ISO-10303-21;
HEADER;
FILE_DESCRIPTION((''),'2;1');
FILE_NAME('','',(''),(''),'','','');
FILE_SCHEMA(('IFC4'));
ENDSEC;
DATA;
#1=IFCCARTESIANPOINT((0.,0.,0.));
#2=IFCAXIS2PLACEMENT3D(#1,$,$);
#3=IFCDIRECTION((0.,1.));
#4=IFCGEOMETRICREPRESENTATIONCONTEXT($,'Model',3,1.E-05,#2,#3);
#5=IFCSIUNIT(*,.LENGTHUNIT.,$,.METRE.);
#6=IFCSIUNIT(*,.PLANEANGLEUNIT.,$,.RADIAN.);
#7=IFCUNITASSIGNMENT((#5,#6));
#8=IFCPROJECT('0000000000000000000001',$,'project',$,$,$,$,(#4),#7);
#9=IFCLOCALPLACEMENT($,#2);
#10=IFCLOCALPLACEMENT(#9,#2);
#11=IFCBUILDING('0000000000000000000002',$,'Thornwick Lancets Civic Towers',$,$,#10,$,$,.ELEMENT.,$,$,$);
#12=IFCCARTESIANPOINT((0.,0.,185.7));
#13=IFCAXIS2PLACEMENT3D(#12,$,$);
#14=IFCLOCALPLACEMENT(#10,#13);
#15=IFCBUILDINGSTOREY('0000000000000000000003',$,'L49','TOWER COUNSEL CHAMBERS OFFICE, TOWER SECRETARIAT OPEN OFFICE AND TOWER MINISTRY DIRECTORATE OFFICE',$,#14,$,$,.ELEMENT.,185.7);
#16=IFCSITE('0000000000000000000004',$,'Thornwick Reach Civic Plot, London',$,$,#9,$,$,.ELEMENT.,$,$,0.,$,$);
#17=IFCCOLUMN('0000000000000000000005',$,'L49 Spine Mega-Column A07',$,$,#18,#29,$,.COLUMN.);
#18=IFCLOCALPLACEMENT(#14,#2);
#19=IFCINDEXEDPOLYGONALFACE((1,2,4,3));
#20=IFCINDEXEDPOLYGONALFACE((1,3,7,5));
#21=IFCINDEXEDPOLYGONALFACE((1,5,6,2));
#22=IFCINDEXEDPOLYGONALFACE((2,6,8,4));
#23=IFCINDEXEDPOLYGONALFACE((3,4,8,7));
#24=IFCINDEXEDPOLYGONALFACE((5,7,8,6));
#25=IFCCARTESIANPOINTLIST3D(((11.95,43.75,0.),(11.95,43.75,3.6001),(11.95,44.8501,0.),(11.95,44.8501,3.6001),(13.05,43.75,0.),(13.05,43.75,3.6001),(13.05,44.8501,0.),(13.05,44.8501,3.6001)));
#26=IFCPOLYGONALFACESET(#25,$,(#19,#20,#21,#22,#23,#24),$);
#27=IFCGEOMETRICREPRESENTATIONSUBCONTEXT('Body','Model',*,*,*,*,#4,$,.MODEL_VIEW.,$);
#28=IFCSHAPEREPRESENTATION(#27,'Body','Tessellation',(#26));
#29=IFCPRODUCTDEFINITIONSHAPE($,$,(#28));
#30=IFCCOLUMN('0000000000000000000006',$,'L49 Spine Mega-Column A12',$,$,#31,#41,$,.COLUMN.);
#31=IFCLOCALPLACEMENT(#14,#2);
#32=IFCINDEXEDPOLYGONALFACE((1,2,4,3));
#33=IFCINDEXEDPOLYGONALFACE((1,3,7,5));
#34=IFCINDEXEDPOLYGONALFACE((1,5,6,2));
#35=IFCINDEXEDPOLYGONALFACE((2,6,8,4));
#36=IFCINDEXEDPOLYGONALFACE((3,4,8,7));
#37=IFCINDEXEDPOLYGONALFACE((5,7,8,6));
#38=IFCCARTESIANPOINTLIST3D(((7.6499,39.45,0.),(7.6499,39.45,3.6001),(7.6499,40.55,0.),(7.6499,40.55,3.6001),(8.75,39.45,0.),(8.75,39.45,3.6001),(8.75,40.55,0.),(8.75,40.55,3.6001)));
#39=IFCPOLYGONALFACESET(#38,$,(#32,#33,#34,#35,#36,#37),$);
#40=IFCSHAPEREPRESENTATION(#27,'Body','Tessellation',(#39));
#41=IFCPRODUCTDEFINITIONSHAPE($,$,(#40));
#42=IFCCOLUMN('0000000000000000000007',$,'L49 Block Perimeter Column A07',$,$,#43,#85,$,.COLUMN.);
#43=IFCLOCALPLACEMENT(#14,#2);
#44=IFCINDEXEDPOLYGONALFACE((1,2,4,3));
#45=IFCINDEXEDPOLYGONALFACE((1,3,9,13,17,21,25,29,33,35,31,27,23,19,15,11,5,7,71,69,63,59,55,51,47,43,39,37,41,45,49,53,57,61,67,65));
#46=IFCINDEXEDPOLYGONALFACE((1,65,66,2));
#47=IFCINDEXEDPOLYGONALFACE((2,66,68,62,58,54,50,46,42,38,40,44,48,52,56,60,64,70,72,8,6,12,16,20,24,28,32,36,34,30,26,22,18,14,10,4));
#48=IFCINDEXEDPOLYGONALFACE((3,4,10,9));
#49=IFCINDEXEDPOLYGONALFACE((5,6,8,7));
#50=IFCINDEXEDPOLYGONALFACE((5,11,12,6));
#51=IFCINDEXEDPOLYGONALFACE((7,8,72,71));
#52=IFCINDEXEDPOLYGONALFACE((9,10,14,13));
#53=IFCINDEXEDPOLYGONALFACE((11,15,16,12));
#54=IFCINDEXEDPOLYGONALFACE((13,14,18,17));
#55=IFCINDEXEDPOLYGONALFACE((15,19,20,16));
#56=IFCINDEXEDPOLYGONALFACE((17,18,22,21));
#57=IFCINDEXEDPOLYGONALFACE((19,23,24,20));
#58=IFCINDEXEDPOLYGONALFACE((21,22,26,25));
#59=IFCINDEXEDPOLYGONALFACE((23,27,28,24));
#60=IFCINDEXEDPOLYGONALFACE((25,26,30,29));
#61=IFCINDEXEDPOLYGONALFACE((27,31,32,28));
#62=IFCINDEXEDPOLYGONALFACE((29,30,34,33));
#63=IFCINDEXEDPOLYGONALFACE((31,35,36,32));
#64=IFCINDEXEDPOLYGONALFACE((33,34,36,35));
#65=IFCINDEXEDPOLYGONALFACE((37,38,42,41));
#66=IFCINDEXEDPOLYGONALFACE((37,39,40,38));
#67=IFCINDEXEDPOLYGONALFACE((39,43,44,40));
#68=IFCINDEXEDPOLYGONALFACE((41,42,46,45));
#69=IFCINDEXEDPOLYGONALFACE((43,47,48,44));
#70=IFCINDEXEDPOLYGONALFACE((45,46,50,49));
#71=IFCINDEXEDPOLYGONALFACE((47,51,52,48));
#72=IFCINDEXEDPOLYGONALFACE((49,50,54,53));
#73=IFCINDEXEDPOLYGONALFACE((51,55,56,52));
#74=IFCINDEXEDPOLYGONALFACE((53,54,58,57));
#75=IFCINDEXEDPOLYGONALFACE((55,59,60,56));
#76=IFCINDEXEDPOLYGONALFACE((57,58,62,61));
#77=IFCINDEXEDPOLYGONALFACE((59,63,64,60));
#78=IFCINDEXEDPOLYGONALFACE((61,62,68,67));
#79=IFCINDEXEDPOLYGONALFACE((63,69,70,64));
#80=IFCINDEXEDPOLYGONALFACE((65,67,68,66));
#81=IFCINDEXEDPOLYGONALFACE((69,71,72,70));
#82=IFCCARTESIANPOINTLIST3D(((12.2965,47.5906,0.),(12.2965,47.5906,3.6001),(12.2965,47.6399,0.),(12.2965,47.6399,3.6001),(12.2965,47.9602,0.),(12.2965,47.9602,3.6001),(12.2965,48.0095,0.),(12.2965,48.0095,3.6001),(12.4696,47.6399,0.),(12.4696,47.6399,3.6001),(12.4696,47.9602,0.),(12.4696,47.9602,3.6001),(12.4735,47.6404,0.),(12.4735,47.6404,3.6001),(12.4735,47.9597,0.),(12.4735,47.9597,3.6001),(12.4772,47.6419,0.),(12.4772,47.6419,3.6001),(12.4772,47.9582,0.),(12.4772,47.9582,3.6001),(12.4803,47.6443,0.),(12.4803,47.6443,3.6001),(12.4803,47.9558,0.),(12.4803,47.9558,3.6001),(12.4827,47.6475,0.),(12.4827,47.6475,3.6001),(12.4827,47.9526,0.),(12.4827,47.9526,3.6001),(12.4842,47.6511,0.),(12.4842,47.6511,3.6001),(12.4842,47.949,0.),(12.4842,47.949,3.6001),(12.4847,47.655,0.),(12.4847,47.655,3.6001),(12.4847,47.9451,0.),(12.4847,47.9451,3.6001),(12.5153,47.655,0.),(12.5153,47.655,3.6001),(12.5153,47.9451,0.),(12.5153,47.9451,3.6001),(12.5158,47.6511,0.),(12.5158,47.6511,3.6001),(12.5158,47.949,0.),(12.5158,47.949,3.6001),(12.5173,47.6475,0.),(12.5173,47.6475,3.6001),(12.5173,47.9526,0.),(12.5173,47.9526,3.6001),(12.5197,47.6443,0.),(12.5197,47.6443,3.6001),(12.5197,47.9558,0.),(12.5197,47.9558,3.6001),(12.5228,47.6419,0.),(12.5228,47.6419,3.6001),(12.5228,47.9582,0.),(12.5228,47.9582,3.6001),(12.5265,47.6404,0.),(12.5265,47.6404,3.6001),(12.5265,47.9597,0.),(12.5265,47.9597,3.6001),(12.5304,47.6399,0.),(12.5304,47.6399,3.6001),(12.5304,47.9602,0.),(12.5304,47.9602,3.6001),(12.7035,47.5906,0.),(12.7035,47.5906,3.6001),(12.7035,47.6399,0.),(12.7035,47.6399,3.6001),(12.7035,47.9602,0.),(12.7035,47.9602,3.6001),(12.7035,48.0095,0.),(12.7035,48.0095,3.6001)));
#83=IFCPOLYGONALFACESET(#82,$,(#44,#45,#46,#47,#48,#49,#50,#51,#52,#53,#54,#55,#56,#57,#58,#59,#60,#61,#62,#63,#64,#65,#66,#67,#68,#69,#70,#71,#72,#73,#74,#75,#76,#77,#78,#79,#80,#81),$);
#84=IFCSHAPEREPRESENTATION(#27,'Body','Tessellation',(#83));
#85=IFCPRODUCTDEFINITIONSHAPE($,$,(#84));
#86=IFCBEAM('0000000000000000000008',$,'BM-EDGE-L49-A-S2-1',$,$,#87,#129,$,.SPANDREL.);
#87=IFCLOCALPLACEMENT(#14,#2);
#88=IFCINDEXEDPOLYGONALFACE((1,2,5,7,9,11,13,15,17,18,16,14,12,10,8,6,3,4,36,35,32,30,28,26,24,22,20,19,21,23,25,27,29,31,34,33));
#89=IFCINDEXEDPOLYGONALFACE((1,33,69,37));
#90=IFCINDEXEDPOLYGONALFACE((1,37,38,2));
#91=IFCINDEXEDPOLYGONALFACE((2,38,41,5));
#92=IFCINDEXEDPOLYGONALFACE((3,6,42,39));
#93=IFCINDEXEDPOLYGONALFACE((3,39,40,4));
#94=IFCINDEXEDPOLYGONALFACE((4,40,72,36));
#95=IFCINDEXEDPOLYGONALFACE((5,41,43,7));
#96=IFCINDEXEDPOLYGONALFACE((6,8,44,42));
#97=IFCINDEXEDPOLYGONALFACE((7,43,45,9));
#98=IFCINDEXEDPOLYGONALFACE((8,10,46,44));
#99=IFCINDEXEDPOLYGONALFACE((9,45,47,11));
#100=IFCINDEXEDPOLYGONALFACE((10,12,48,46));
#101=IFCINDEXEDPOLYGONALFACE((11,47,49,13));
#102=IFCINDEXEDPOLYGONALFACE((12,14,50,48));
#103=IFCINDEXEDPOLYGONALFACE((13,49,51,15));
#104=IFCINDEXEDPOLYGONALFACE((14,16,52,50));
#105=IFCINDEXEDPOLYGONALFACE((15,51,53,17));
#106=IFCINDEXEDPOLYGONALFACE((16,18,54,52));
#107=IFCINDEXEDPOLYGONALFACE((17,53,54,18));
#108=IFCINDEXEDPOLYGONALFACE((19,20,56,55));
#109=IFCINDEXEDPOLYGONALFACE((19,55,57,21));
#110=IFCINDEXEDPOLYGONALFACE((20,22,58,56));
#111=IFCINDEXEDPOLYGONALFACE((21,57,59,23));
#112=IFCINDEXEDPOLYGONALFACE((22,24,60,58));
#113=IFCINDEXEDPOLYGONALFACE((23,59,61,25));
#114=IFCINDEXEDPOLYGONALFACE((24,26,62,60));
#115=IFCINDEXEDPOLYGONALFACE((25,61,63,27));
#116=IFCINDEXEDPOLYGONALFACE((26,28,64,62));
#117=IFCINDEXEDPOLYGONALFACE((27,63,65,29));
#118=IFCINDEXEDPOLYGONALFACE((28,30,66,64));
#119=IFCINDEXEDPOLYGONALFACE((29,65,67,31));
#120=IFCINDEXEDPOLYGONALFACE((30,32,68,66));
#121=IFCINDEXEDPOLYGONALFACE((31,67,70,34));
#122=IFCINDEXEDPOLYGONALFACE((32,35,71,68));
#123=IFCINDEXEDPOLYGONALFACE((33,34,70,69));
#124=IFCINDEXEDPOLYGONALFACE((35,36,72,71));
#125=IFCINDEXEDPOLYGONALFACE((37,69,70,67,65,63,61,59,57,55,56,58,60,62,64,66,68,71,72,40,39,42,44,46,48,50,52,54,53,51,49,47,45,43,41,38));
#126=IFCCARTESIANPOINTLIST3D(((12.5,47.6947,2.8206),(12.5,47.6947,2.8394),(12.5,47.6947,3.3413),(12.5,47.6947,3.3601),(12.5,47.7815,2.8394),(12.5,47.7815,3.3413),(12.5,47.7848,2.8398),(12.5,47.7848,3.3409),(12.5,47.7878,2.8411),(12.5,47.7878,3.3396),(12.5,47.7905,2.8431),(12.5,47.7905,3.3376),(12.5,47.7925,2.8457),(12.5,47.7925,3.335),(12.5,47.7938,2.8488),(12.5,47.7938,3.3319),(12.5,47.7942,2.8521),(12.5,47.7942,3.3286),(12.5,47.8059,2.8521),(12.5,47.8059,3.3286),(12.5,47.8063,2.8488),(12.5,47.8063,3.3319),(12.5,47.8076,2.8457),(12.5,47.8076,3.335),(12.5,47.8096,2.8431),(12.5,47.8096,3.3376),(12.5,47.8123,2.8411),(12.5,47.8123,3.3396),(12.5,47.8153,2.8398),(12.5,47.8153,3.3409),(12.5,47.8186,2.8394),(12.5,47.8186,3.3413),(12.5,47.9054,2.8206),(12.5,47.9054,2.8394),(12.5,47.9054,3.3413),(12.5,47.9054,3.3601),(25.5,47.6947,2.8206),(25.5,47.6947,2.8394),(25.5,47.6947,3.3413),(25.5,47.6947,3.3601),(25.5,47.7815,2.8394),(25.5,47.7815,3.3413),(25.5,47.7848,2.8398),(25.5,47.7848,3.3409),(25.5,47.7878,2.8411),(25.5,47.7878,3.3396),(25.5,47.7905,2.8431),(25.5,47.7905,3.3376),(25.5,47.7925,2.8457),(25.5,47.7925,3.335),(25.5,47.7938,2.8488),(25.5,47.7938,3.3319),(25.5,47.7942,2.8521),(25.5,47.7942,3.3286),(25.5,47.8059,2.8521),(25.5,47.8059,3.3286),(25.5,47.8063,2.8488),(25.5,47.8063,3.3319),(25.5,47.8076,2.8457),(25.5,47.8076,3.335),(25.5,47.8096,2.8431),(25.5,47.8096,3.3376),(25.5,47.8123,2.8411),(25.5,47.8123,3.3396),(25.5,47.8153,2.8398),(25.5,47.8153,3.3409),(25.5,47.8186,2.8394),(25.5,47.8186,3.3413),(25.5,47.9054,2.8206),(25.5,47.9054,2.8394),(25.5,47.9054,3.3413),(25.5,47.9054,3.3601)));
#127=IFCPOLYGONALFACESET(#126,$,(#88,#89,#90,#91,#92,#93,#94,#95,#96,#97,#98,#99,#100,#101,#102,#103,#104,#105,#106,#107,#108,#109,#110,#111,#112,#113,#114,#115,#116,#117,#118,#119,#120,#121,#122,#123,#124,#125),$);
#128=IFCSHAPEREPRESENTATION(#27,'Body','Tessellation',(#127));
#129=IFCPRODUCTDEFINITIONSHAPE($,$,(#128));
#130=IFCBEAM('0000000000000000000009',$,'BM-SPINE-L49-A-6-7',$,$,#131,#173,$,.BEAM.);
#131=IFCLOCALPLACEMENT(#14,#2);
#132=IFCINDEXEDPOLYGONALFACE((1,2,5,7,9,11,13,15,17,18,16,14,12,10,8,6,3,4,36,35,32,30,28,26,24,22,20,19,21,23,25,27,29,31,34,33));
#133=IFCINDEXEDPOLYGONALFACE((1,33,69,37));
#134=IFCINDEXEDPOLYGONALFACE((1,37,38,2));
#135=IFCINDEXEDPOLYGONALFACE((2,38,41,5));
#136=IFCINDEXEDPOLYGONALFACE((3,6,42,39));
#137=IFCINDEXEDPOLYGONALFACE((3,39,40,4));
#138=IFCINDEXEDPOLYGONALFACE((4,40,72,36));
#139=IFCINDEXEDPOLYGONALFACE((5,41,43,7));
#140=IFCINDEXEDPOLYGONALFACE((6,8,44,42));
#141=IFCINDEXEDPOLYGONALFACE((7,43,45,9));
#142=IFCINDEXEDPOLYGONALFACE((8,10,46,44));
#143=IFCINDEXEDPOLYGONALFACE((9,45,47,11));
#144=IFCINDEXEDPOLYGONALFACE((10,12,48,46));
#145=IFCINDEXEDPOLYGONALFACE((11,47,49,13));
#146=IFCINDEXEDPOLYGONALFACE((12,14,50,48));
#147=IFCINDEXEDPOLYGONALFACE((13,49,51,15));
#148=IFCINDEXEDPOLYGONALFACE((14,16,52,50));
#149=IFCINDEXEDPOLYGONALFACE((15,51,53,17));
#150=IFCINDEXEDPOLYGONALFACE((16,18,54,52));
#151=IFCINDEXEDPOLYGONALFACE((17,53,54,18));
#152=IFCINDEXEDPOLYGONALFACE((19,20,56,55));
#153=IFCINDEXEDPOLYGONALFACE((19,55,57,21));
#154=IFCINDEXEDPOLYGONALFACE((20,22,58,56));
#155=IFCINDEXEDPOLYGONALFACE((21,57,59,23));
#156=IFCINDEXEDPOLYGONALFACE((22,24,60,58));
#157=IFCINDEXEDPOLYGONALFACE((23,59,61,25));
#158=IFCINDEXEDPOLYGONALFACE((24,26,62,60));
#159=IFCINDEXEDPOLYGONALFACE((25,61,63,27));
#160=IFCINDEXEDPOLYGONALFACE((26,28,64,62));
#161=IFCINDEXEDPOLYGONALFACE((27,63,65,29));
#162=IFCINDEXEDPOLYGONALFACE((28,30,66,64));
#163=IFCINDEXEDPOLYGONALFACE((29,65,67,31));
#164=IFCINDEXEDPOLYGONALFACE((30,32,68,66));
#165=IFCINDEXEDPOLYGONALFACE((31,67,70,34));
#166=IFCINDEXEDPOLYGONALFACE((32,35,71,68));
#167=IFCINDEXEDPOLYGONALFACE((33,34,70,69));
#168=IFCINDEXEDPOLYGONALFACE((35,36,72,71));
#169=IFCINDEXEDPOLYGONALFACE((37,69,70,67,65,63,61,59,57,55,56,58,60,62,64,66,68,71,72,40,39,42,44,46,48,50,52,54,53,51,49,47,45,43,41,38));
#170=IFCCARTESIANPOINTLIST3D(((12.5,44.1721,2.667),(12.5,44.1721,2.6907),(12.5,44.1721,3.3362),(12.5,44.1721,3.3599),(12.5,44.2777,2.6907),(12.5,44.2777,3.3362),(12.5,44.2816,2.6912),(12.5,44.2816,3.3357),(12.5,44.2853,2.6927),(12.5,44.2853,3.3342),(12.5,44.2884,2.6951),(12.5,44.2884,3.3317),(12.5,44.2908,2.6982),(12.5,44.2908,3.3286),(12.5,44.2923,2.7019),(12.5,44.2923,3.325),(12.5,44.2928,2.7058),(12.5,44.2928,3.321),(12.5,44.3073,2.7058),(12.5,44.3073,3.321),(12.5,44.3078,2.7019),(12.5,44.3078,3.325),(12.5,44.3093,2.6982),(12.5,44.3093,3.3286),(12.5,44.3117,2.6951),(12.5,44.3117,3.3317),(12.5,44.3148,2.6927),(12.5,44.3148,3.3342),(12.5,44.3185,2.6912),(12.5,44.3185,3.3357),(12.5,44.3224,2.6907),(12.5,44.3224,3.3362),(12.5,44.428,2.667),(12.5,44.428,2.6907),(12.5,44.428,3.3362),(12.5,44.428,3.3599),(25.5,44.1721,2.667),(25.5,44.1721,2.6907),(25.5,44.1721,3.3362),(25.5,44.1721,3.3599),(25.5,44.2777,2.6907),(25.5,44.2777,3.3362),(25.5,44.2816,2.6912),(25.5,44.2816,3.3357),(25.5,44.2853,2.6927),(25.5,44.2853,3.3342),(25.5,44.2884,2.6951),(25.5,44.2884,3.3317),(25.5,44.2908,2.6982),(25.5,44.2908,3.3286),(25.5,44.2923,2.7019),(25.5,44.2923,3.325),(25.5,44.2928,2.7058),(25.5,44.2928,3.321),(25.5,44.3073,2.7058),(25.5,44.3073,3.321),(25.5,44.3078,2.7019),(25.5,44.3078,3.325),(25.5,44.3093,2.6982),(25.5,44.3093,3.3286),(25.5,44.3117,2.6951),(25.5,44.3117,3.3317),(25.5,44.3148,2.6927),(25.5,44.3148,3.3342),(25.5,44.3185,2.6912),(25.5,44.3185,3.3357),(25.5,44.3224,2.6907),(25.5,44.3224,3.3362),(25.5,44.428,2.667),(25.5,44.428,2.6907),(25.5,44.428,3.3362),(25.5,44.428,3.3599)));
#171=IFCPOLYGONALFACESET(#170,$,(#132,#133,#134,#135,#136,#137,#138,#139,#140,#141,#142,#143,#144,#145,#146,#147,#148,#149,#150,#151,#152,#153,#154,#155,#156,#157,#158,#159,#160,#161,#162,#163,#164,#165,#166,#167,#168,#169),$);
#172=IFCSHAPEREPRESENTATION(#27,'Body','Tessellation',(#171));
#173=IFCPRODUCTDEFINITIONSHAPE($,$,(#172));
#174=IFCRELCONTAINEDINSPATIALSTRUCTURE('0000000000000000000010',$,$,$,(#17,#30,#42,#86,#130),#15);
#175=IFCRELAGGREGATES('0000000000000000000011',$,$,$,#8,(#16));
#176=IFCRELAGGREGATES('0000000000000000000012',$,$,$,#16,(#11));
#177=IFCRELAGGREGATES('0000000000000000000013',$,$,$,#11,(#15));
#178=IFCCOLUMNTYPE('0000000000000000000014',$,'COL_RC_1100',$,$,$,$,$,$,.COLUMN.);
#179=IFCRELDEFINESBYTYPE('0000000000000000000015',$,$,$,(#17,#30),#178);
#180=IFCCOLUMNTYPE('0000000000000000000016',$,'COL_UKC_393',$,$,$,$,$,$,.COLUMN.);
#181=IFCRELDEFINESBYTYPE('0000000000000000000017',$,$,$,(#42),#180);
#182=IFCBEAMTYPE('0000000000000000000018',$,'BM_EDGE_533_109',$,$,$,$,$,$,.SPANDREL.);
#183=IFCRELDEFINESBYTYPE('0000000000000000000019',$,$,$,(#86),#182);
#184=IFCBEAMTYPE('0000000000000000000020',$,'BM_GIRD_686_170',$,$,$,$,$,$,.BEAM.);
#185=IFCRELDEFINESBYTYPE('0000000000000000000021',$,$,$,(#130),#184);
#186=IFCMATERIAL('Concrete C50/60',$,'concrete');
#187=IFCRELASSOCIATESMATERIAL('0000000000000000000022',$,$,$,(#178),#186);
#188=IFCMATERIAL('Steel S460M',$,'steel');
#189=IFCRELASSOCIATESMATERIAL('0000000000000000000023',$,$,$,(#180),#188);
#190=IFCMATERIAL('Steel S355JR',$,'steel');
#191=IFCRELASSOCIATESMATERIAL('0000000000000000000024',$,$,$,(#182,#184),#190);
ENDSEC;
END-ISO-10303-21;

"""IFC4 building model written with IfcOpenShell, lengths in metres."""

from ifc_helpers import new_model, si_unit, direction, frame, origin, origin_2d, place, context, subcontext, project, spatial, rectangle, i_section, extrude, material, material_profile, profile_set, type_object, element, save


model = new_model("IFC4")

# Units and contexts
model_context = context("Model", 3, precision=1e-05, world=origin(), true_north=direction((0.0, 1.0)))
body_context = subcontext(model_context, "Body", "Model", "MODEL_VIEW")
ifc_project = project(units=[si_unit("LENGTHUNIT", "METRE"), si_unit("PLANEANGLEUNIT", "RADIAN")], contexts=[model_context])

# Site, building, storey
site_placement = place(None, origin())
site = spatial("IfcSite", under=ifc_project, at=site_placement, Name="Thornwick Reach Civic Plot, London", CompositionType="ELEMENT", RefElevation=0.0)
building_placement = place(site_placement, origin())
building = spatial("IfcBuilding", under=site, at=building_placement, Name="Thornwick Lancets Civic Towers", CompositionType="ELEMENT")
storey_placement = place(building_placement, frame((0.0, 0.0, 185.7)))
storey = spatial("IfcBuildingStorey", under=building, at=storey_placement, Name="L49", Description="TOWER COUNSEL CHAMBERS OFFICE, TOWER SECRETARIAT OPEN OFFICE AND TOWER MINISTRY DIRECTORATE OFFICE", CompositionType="ELEMENT", Elevation=185.7)

# Columns
ifc_material_1 = material(Name="Concrete C50/60", Category="concrete")
ifc_material_profile_1 = material_profile(ifc_material_1, rectangle(XDim=1.1001, YDim=1.1001, at=origin_2d()), Name="RC 1100x1100")
ifc_profile_set_1 = profile_set([ifc_material_profile_1], Name="Concrete C50/60")
column_type_1 = type_object("IfcColumnType", Name="COL_RC_1100", PredefinedType="COLUMN", material=ifc_profile_set_1)
for number, where, z_axis, x_axis, name in (
    (1, (12.5, 44.3, 0.0), (0.0, 0.0, 1.0), (1.0, 0.0, 0.0), "L49 Spine Mega-Column A07"),
    (2, (8.2, 40.0, 0.0), (0.0, 0.0, 1.0), (1.0, 0.0, 0.0), "L49 Spine Mega-Column A12"),
):
    element("IfcColumn", number, at=place(storey_placement, frame(where, z_axis=z_axis, x_axis=x_axis)), inside=storey, type_object=column_type_1, Name=name, PredefinedType="COLUMN", context=body_context, shape_type="SweptSolid", body=[
        extrude(rectangle(XDim=1.1001, YDim=1.1001, at=origin_2d()), origin(), (0.0, 0.0, 1.0), 3.6001),
    ])
ifc_material_2 = material(Name="Steel S460M", Category="steel")
ifc_material_profile_2 = material_profile(ifc_material_2, i_section(OverallWidth=0.407, OverallDepth=0.4189, WebThickness=0.0305, FlangeThickness=0.0493, FilletRadius=0.0151, at=origin_2d()), Name="UKC 356x406x393")
ifc_profile_set_2 = profile_set([ifc_material_profile_2], Name="Steel S460M")
column_type_2 = type_object("IfcColumnType", Name="COL_UKC_393", PredefinedType="COLUMN", material=ifc_profile_set_2)
column_placement = place(storey_placement, frame((12.5, 47.8, 0.0), z_axis=(0.0, 0.0, 1.0), x_axis=(1.0, 0.0, 0.0)))
element("IfcColumn", 3, at=column_placement, inside=storey, type_object=column_type_2, Name="L49 Block Perimeter Column A07", PredefinedType="COLUMN", context=body_context, shape_type="SweptSolid", body=[
    extrude(i_section(OverallWidth=0.407, OverallDepth=0.4189, WebThickness=0.0305, FlangeThickness=0.0493, FilletRadius=0.0151, at=origin_2d()), origin(), (0.0, 0.0, 1.0), 3.6001),
])

# Beams
ifc_material_3 = material(Name="Steel S355JR", Category="steel")
ifc_material_profile_3 = material_profile(ifc_material_3, i_section(OverallWidth=0.2107, OverallDepth=0.5396, WebThickness=0.0117, FlangeThickness=0.0188, FilletRadius=0.0127, at=origin_2d()), Name="UKB 533x210x109")
ifc_profile_set_3 = profile_set([ifc_material_profile_3], Name="Steel S355JR")
beam_type_1 = type_object("IfcBeamType", Name="BM_EDGE_533_109", PredefinedType="SPANDREL", material=ifc_profile_set_3)
beam_1_placement = place(storey_placement, frame((12.5, 47.8, 3.0903), z_axis=(1.0, 0.0, 0.0), x_axis=(0.0, 1.0, 0.0)))
element("IfcBeam", 4, at=beam_1_placement, inside=storey, type_object=beam_type_1, Name="BM-EDGE-L49-A-S2-1", PredefinedType="SPANDREL", context=body_context, shape_type="SweptSolid", body=[
    extrude(i_section(OverallWidth=0.2107, OverallDepth=0.5396, WebThickness=0.0117, FlangeThickness=0.0188, FilletRadius=0.0127, at=origin_2d()), origin(), (0.0, 0.0, 1.0), 13.0),
])
ifc_material_profile_4 = material_profile(ifc_material_3, i_section(OverallWidth=0.2559, OverallDepth=0.6929, WebThickness=0.0144, FlangeThickness=0.0237, FilletRadius=0.0151, at=origin_2d()), Name="UKB 686x254x170")
ifc_profile_set_4 = profile_set([ifc_material_profile_4], Name="Steel S355JR")
beam_type_2 = type_object("IfcBeamType", Name="BM_GIRD_686_170", PredefinedType="BEAM", material=ifc_profile_set_4)
beam_2_placement = place(storey_placement, frame((12.5, 44.3, 3.0134), z_axis=(1.0, 0.0, 0.0), x_axis=(0.0, 1.0, 0.0)))
element("IfcBeam", 5, at=beam_2_placement, inside=storey, type_object=beam_type_2, Name="BM-SPINE-L49-A-6-7", PredefinedType="BEAM", context=body_context, shape_type="SweptSolid", body=[
    extrude(i_section(OverallWidth=0.2559, OverallDepth=0.6929, WebThickness=0.0144, FlangeThickness=0.0237, FilletRadius=0.0151, at=origin_2d()), origin(), (0.0, 0.0, 1.0), 13.0),
])

save(model, "model.ifc")
